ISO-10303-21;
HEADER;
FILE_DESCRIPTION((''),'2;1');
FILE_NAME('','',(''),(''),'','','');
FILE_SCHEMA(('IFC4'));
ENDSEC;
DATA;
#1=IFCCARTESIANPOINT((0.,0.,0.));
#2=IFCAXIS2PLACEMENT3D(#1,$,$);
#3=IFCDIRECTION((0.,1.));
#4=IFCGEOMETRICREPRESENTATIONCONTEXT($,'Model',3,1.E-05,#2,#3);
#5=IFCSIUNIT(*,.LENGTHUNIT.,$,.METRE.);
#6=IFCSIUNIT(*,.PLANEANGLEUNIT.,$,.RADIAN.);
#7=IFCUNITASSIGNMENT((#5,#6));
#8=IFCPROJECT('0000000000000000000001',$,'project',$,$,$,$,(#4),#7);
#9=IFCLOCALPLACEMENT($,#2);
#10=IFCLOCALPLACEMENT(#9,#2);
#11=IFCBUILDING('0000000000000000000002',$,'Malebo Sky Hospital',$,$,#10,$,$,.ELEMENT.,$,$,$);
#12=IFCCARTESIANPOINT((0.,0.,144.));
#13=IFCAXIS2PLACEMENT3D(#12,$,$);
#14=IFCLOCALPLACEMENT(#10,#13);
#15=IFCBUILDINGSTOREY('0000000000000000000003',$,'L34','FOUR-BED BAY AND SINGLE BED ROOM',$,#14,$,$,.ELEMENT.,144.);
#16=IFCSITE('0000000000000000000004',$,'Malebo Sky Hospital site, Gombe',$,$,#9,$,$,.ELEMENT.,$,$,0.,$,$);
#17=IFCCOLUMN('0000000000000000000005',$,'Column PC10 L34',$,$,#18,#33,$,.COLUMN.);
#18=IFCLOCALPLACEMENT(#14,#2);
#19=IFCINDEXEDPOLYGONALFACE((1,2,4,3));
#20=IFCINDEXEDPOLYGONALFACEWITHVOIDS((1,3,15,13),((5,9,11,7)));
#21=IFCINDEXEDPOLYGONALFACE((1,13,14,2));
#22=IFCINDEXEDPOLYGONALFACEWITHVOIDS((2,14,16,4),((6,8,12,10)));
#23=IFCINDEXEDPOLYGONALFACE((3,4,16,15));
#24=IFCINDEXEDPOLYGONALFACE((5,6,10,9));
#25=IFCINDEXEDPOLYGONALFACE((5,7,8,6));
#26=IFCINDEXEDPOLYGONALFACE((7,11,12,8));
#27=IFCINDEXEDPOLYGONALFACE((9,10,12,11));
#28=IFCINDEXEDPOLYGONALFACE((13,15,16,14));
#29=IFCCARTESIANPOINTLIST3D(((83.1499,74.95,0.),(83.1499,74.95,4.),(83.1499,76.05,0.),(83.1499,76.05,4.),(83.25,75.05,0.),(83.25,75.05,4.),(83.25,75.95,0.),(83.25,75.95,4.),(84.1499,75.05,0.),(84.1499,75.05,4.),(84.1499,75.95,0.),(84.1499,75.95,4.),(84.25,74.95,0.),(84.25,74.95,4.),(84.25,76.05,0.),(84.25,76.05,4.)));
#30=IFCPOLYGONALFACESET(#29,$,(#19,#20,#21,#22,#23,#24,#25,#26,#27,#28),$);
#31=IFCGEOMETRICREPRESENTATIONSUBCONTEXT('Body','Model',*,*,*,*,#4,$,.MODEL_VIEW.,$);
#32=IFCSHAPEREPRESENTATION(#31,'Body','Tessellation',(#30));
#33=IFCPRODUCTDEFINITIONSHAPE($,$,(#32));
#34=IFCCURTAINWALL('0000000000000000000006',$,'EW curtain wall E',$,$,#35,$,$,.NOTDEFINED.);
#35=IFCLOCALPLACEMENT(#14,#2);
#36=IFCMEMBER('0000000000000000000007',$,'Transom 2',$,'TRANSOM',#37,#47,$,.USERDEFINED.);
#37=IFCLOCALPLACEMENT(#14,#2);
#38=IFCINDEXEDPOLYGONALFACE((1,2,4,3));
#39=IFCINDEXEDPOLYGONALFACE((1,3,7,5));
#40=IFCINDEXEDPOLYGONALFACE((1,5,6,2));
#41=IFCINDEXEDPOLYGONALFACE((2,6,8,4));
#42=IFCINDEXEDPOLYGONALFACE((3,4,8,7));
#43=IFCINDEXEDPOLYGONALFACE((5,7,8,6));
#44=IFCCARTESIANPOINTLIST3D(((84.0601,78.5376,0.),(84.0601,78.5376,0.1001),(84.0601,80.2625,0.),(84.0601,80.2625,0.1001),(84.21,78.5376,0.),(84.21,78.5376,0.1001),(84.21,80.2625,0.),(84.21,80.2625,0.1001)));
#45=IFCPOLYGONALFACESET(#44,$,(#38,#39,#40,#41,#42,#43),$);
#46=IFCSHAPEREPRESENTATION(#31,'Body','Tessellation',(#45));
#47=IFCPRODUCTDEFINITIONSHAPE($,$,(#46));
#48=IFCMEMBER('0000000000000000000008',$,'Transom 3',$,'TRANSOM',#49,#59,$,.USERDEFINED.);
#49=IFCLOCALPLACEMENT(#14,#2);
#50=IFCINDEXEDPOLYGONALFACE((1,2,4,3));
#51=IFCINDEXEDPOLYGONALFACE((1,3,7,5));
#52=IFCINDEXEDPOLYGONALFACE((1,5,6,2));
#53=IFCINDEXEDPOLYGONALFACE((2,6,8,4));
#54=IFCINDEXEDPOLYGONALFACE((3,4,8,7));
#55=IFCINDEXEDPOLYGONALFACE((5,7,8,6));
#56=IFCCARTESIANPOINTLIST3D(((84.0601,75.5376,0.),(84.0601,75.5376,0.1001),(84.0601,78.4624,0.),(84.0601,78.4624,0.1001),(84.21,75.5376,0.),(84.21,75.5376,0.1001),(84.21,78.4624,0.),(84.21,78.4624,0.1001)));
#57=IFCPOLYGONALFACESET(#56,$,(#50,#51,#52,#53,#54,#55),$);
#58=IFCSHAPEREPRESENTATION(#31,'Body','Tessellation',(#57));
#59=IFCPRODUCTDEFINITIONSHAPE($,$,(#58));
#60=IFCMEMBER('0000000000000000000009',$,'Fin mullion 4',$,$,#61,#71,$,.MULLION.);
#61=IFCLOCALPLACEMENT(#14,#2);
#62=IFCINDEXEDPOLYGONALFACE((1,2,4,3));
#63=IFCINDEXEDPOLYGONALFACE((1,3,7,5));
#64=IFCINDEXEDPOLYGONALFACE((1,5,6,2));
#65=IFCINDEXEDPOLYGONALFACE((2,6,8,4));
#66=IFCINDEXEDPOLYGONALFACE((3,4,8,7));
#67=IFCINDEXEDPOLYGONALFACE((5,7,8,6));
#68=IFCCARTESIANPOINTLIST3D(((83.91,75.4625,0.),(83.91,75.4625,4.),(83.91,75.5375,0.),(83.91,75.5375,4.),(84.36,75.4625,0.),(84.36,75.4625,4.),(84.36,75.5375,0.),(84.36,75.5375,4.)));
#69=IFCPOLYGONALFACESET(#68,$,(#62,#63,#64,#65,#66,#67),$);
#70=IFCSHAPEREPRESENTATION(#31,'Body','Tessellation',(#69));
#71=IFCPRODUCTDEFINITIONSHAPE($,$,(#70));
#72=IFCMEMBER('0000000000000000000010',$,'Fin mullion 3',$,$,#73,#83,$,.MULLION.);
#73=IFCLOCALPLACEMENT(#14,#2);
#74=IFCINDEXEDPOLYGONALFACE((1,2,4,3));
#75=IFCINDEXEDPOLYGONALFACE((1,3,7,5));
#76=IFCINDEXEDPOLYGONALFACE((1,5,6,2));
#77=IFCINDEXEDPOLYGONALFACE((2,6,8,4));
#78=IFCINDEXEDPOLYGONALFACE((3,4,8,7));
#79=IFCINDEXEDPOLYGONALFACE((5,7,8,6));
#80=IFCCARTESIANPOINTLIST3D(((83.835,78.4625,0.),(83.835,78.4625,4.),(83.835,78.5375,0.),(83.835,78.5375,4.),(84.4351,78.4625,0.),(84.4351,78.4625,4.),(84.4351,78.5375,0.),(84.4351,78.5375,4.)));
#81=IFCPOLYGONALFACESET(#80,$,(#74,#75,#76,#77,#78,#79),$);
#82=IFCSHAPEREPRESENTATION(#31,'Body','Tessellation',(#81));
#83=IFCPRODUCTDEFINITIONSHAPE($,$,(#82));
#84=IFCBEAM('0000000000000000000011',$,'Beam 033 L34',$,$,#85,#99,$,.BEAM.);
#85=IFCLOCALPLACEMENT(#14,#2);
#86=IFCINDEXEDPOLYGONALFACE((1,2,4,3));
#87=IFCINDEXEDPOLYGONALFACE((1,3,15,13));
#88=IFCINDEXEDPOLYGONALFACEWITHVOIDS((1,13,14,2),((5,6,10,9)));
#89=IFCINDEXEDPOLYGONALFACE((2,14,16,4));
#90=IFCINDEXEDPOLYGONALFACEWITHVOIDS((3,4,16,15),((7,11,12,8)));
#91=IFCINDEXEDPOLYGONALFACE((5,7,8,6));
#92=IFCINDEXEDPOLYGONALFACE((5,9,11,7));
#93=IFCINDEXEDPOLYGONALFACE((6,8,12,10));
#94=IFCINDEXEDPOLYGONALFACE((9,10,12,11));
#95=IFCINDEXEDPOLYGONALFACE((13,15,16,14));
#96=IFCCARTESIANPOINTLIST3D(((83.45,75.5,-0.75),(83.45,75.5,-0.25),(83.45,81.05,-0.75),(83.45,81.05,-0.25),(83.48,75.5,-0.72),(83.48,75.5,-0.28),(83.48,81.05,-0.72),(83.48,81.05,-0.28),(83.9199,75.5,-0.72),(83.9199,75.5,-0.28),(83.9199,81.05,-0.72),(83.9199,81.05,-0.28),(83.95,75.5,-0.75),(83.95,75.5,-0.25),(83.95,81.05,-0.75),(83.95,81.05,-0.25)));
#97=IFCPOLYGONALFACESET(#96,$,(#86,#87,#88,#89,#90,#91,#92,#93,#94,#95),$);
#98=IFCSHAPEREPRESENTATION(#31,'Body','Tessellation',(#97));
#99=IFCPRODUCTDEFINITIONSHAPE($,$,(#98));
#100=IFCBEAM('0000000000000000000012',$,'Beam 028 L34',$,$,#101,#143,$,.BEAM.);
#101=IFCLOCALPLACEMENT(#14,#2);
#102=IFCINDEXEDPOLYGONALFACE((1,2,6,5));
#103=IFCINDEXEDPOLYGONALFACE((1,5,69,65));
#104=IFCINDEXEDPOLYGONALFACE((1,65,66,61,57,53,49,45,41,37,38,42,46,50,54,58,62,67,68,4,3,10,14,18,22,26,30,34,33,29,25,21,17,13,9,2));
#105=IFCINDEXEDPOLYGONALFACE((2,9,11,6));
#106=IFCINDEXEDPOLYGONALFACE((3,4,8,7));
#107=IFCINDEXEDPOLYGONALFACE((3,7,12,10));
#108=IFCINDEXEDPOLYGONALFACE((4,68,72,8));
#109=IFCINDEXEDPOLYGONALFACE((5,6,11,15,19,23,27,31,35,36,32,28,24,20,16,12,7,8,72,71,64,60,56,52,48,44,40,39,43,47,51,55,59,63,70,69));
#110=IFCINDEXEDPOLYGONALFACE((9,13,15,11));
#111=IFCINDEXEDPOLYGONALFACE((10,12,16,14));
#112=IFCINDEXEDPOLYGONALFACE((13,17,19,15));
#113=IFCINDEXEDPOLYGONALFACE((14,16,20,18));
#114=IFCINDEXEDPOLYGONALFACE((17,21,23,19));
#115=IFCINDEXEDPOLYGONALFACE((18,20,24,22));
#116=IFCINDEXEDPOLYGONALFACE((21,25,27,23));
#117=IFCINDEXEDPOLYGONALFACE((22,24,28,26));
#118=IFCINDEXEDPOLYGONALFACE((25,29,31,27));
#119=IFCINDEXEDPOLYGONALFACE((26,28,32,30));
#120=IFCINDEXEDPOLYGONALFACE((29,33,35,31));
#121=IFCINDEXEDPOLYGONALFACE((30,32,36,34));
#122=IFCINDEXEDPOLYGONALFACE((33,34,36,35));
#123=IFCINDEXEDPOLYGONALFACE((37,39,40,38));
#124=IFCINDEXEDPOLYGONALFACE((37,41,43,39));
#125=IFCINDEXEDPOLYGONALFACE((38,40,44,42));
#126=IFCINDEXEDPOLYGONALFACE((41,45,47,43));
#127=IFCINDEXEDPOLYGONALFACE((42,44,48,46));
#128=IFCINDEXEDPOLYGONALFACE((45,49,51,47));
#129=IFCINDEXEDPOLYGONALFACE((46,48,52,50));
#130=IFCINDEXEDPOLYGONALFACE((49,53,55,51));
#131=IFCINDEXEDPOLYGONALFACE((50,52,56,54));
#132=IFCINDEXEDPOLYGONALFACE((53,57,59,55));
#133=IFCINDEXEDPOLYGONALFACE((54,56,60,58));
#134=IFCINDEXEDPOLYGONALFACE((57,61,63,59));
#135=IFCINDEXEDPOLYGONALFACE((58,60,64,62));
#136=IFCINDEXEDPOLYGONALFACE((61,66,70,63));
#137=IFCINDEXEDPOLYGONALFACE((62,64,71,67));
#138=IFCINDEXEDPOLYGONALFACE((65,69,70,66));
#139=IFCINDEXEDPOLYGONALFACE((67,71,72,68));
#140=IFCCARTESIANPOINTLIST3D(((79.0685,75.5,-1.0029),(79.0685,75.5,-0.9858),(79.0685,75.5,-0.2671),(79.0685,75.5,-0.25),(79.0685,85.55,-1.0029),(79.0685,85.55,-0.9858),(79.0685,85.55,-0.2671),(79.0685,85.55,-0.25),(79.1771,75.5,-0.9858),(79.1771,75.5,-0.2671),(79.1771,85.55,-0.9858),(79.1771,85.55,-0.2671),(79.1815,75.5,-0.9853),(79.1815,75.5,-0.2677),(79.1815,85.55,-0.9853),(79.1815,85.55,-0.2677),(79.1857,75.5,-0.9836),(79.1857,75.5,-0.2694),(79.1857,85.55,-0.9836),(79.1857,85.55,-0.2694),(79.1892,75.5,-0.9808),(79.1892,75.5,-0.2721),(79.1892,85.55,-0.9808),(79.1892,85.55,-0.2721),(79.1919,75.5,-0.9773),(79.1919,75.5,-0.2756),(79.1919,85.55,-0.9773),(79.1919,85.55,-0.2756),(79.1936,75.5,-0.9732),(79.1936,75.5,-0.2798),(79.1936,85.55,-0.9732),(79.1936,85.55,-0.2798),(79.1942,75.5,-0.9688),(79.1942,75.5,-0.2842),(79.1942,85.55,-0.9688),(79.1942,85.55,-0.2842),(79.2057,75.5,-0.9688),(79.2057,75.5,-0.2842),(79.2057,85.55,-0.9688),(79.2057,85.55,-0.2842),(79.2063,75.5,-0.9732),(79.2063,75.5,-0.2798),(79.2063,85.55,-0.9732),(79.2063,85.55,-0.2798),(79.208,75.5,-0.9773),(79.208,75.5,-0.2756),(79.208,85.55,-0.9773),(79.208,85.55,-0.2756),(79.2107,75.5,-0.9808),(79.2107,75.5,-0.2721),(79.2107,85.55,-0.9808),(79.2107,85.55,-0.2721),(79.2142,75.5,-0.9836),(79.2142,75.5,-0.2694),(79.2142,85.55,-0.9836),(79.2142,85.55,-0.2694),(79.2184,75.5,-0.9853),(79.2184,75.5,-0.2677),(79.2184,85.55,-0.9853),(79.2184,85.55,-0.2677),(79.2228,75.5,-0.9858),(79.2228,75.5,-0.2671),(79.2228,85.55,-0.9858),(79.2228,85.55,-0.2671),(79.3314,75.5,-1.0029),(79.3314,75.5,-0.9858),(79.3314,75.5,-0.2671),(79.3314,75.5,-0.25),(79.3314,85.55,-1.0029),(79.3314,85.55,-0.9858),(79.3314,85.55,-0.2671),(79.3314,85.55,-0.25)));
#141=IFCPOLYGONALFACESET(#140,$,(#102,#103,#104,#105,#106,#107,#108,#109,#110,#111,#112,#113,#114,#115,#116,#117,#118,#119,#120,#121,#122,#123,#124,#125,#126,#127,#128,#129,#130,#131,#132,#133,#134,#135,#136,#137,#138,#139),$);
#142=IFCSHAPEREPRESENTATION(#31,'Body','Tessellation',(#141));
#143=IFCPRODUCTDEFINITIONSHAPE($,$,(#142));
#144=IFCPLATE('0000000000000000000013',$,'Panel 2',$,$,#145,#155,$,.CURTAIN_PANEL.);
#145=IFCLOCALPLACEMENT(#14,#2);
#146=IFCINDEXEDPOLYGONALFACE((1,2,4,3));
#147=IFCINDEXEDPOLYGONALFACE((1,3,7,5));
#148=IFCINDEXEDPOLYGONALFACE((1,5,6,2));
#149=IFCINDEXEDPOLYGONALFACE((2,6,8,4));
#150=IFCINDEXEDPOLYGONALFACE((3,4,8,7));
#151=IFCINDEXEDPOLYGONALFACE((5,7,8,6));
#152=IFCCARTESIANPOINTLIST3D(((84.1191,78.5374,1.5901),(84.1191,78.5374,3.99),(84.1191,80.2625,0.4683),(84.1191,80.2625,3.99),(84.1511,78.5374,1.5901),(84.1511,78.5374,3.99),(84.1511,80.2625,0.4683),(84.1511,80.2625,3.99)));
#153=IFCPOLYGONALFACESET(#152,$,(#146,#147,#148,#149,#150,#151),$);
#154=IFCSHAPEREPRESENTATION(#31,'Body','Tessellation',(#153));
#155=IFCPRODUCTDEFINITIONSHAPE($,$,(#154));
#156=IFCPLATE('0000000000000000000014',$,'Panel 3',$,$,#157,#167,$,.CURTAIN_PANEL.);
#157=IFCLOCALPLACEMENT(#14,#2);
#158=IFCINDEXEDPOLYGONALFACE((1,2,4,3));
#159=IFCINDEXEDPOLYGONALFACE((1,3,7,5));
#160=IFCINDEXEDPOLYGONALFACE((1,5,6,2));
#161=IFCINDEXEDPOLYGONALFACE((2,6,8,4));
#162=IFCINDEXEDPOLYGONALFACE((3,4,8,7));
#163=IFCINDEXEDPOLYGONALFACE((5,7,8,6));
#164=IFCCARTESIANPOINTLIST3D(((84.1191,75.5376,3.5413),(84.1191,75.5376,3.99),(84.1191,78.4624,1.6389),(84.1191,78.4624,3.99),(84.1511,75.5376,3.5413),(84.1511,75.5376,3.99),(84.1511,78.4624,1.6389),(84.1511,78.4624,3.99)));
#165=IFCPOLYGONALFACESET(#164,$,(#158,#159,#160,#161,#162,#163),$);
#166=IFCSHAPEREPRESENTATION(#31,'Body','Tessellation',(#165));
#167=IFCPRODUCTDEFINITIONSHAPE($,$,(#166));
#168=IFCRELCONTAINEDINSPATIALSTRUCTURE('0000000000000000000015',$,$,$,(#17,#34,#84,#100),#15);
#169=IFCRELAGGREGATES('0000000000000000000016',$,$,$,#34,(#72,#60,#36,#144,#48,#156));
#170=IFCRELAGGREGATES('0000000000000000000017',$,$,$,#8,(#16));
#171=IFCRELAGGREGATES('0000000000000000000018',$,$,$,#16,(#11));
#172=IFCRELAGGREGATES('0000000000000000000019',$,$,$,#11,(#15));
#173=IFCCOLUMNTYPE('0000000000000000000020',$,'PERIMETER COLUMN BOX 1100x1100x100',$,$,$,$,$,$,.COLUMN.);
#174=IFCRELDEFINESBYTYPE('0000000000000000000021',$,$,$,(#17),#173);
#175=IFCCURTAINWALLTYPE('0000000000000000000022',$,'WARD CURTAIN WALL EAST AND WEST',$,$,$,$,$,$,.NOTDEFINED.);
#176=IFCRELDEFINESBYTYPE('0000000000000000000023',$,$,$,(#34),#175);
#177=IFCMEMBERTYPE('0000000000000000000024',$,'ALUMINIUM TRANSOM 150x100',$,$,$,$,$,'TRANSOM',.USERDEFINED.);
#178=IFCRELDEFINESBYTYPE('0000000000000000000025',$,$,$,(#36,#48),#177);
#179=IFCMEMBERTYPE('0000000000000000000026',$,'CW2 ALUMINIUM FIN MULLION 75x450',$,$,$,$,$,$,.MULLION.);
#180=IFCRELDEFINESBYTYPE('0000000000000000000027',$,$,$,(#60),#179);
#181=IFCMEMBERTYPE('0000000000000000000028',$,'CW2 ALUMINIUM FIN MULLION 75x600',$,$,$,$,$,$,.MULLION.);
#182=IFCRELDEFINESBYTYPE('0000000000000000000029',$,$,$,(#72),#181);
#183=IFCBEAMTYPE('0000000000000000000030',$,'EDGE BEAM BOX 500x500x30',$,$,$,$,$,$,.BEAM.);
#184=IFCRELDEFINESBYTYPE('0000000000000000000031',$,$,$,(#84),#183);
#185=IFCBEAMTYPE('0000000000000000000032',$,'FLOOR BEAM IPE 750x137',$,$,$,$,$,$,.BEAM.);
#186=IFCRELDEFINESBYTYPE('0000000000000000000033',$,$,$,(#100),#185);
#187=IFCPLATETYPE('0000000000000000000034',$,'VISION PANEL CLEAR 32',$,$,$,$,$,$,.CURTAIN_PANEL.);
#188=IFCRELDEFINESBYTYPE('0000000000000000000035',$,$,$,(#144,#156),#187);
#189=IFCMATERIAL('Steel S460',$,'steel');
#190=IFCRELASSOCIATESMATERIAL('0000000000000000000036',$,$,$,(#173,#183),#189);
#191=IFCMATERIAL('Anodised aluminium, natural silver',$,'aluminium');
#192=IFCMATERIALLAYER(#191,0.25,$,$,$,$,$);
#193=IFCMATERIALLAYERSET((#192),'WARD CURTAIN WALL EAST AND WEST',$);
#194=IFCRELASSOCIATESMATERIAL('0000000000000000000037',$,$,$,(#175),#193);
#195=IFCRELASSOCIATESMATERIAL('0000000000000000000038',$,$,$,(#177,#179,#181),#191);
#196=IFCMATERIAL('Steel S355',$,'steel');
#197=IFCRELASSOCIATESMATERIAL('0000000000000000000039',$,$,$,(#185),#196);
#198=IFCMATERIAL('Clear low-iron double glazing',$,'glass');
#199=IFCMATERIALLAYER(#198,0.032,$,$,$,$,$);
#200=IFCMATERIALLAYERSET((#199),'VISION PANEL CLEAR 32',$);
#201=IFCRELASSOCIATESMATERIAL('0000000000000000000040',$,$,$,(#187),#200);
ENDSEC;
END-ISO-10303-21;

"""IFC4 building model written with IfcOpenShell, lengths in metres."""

from ifc_helpers import new_model, si_unit, direction, frame, origin, origin_2d, place, context, subcontext, project, spatial, polyline, rectangle, hollow_rectangle, i_section, outline, extrude, material, layer, layer_set, material_profile, profile_set, type_object, element, aggregate, save


model = new_model("IFC4")

# Units and contexts
model_context = context("Model", 3, precision=1e-05, world=origin(), true_north=direction((0.0, 1.0)))
body_context = subcontext(model_context, "Body", "Model", "MODEL_VIEW")
ifc_project = project(units=[si_unit("LENGTHUNIT", "METRE"), si_unit("PLANEANGLEUNIT", "RADIAN")], contexts=[model_context])

# Site, building, storey
site_placement = place(None, origin())
site = spatial("IfcSite", under=ifc_project, at=site_placement, Name="Malebo Sky Hospital site, Gombe", CompositionType="ELEMENT", RefElevation=0.0)
building_placement = place(site_placement, origin())
building = spatial("IfcBuilding", under=site, at=building_placement, Name="Malebo Sky Hospital", CompositionType="ELEMENT")
storey_placement = place(building_placement, frame((0.0, 0.0, 144.0)))
storey = spatial("IfcBuildingStorey", under=building, at=storey_placement, Name="L34", Description="FOUR-BED BAY AND SINGLE BED ROOM", CompositionType="ELEMENT", Elevation=144.0)

# Column
ifc_material_1 = material(Name="Steel S460", Category="steel")
ifc_material_profile_1 = material_profile(ifc_material_1, hollow_rectangle(XDim=1.1001, YDim=1.1001, WallThickness=0.1001, at=origin_2d()), Name="BOX 1100x1100x100")
ifc_profile_set_1 = profile_set([ifc_material_profile_1], Name="Steel S460")
column_type = type_object("IfcColumnType", Name="PERIMETER COLUMN BOX 1100x1100x100", PredefinedType="COLUMN", material=ifc_profile_set_1)
column_placement = place(storey_placement, frame((83.7, 75.5, 0.0), z_axis=(0.0, 0.0, 1.0), x_axis=(1.0, 0.0, 0.0)))
element("IfcColumn", 1, at=column_placement, inside=storey, type_object=column_type, Name="Column PC10 L34", PredefinedType="COLUMN", context=body_context, shape_type="SweptSolid", body=[
    extrude(hollow_rectangle(XDim=1.1001, YDim=1.1001, WallThickness=0.1001, at=origin_2d()), origin(), (0.0, 0.0, 1.0), 4.0),
])

# Curtain wall, members
ifc_material_2 = material(Name="Anodised aluminium, natural silver", Category="aluminium")
ifc_layer_1 = layer(ifc_material_2, 0.25)
ifc_layer_set_1 = layer_set([ifc_layer_1], Name="WARD CURTAIN WALL EAST AND WEST")
curtain_wall_type = type_object("IfcCurtainWallType", Name="WARD CURTAIN WALL EAST AND WEST", PredefinedType="NOTDEFINED", material=ifc_layer_set_1)
curtain_wall_placement = place(storey_placement, origin())
curtain_wall = element("IfcCurtainWall", 2, at=curtain_wall_placement, inside=storey, type_object=curtain_wall_type, Name="EW curtain wall E", PredefinedType="NOTDEFINED")
ifc_material_profile_2 = material_profile(ifc_material_2, rectangle(XDim=0.1499, YDim=0.1001, at=origin_2d()), Name="ALUMINIUM TRANSOM 150x100")
ifc_profile_set_2 = profile_set([ifc_material_profile_2], Name="Anodised aluminium, natural silver")
member_type_1 = type_object("IfcMemberType", Name="ALUMINIUM TRANSOM 150x100", ElementType="TRANSOM", PredefinedType="USERDEFINED", material=ifc_profile_set_2)
member_1_placement = place(storey_placement, frame((84.135, 80.2625, 0.05), z_axis=(0.0, -1.0, 0.0), x_axis=(1.0, 0.0, 0.0)))
member_1 = element("IfcMember", 3, at=member_1_placement, type_object=member_type_1, Name="Transom 2", ObjectType="TRANSOM", PredefinedType="USERDEFINED", context=body_context, shape_type="SweptSolid", body=[
    extrude(rectangle(XDim=0.1499, YDim=0.1001, at=origin_2d()), origin(), (0.0, 0.0, 1.0), 1.7249),
])
member_2_placement = place(storey_placement, frame((84.135, 78.4624, 0.05), z_axis=(0.0, -1.0, 0.0), x_axis=(1.0, 0.0, 0.0)))
member_2 = element("IfcMember", 4, at=member_2_placement, type_object=member_type_1, Name="Transom 3", ObjectType="TRANSOM", PredefinedType="USERDEFINED", context=body_context, shape_type="SweptSolid", body=[
    extrude(rectangle(XDim=0.1499, YDim=0.1001, at=origin_2d()), origin(), (0.0, 0.0, 1.0), 2.9248),
])
ifc_material_profile_3 = material_profile(ifc_material_2, rectangle(XDim=0.075, YDim=0.45, at=origin_2d()), Name="CW2 ALUMINIUM FIN MULLION 75x450")
ifc_profile_set_3 = profile_set([ifc_material_profile_3], Name="Anodised aluminium, natural silver")
member_type_2 = type_object("IfcMemberType", Name="CW2 ALUMINIUM FIN MULLION 75x450", PredefinedType="MULLION", material=ifc_profile_set_3)
member_3_placement = place(storey_placement, frame((84.135, 75.5, 0.0), z_axis=(0.0, 0.0, 1.0), x_axis=(0.0, -1.0, 0.0)))
member_3 = element("IfcMember", 5, at=member_3_placement, type_object=member_type_2, Name="Fin mullion 4", PredefinedType="MULLION", context=body_context, shape_type="SweptSolid", body=[
    extrude(rectangle(XDim=0.075, YDim=0.45, at=origin_2d()), origin(), (0.0, 0.0, 1.0), 4.0),
])
ifc_material_profile_4 = material_profile(ifc_material_2, rectangle(XDim=0.075, YDim=0.6001, at=origin_2d()), Name="CW2 ALUMINIUM FIN MULLION 75x600")
ifc_profile_set_4 = profile_set([ifc_material_profile_4], Name="Anodised aluminium, natural silver")
member_type_3 = type_object("IfcMemberType", Name="CW2 ALUMINIUM FIN MULLION 75x600", PredefinedType="MULLION", material=ifc_profile_set_4)
member_4_placement = place(storey_placement, frame((84.135, 78.5, 0.0), z_axis=(0.0, 0.0, 1.0), x_axis=(0.0, -1.0, 0.0)))
member_4 = element("IfcMember", 6, at=member_4_placement, type_object=member_type_3, Name="Fin mullion 3", PredefinedType="MULLION", context=body_context, shape_type="SweptSolid", body=[
    extrude(rectangle(XDim=0.075, YDim=0.6001, at=origin_2d()), origin(), (0.0, 0.0, 1.0), 4.0),
])

# Beams
ifc_material_profile_5 = material_profile(ifc_material_1, hollow_rectangle(XDim=0.5, YDim=0.5, WallThickness=0.03, at=origin_2d()), Name="BOX 500x500x30")
ifc_profile_set_5 = profile_set([ifc_material_profile_5], Name="Steel S460")
beam_type_1 = type_object("IfcBeamType", Name="EDGE BEAM BOX 500x500x30", PredefinedType="BEAM", material=ifc_profile_set_5)
beam_1_placement = place(storey_placement, frame((83.7, 75.5, -0.5), z_axis=(0.0, 1.0, 0.0), x_axis=(-1.0, 0.0, 0.0)))
element("IfcBeam", 7, at=beam_1_placement, inside=storey, type_object=beam_type_1, Name="Beam 033 L34", PredefinedType="BEAM", context=body_context, shape_type="SweptSolid", body=[
    extrude(hollow_rectangle(XDim=0.5, YDim=0.5, WallThickness=0.03, at=origin_2d()), origin(), (0.0, 0.0, 1.0), 5.55),
])
ifc_material_3 = material(Name="Steel S355", Category="steel")
ifc_material_profile_6 = material_profile(ifc_material_3, i_section(OverallWidth=0.2629, OverallDepth=0.7529, WebThickness=0.0115, FlangeThickness=0.0171, FilletRadius=0.0171, at=origin_2d()), Name="IPE 750x137")
ifc_profile_set_6 = profile_set([ifc_material_profile_6], Name="Steel S355")
beam_type_2 = type_object("IfcBeamType", Name="FLOOR BEAM IPE 750x137", PredefinedType="BEAM", material=ifc_profile_set_6)
beam_2_placement = place(storey_placement, frame((79.2, 75.5, -0.6265), z_axis=(0.0, 1.0, 0.0), x_axis=(-1.0, 0.0, 0.0)))
element("IfcBeam", 8, at=beam_2_placement, inside=storey, type_object=beam_type_2, Name="Beam 028 L34", PredefinedType="BEAM", context=body_context, shape_type="SweptSolid", body=[
    extrude(i_section(OverallWidth=0.2629, OverallDepth=0.7529, WebThickness=0.0115, FlangeThickness=0.0171, FilletRadius=0.0171, at=origin_2d()), origin(), (0.0, 0.0, 1.0), 10.05),
])

# Plates
ifc_material_4 = material(Name="Clear low-iron double glazing", Category="glass")
ifc_layer_2 = layer(ifc_material_4, 0.032)
ifc_layer_set_2 = layer_set([ifc_layer_2], Name="VISION PANEL CLEAR 32")
plate_type = type_object("IfcPlateType", Name="VISION PANEL CLEAR 32", PredefinedType="CURTAIN_PANEL", material=ifc_layer_set_2)
plate_1_placement = place(storey_placement, frame((84.135, 79.3999, 0.4683), z_axis=(0.0, 0.0, 1.0), x_axis=(0.0, -1.0, 0.0)))
plate_1 = element("IfcPlate", 9, at=plate_1_placement, type_object=plate_type, Name="Panel 2", PredefinedType="CURTAIN_PANEL", context=body_context, shape_type="SweptSolid", body=[
    extrude(outline(polyline([(-0.8625, 0.0), (0.8625, 1.1218), (0.8625, 3.5217), (-0.8625, 3.5217), (-0.8625, 0.0)])), frame((0.0, 0.0161, 0.0), z_axis=(0.0, -1.0, 0.0), x_axis=(1.0, 0.0, 0.0)), (0.0, 0.0, 1.0), 0.032),
])
plate_2_placement = place(storey_placement, frame((84.135, 77.0, 1.6389), z_axis=(0.0, 0.0, 1.0), x_axis=(0.0, -1.0, 0.0)))
plate_2 = element("IfcPlate", 10, at=plate_2_placement, type_object=plate_type, Name="Panel 3", PredefinedType="CURTAIN_PANEL", context=body_context, shape_type="SweptSolid", body=[
    extrude(outline(polyline([(-1.4624, 0.0), (1.4624, 1.9023), (1.4624, 2.3511), (-1.4624, 2.3511), (-1.4624, 0.0)])), frame((0.0, 0.0161, 0.0), z_axis=(0.0, -1.0, 0.0), x_axis=(1.0, 0.0, 0.0)), (0.0, 0.0, 1.0), 0.032),
])
aggregate(curtain_wall, [member_4, member_3, member_1, plate_1, member_2, plate_2])

save(model, "model.ifc")
